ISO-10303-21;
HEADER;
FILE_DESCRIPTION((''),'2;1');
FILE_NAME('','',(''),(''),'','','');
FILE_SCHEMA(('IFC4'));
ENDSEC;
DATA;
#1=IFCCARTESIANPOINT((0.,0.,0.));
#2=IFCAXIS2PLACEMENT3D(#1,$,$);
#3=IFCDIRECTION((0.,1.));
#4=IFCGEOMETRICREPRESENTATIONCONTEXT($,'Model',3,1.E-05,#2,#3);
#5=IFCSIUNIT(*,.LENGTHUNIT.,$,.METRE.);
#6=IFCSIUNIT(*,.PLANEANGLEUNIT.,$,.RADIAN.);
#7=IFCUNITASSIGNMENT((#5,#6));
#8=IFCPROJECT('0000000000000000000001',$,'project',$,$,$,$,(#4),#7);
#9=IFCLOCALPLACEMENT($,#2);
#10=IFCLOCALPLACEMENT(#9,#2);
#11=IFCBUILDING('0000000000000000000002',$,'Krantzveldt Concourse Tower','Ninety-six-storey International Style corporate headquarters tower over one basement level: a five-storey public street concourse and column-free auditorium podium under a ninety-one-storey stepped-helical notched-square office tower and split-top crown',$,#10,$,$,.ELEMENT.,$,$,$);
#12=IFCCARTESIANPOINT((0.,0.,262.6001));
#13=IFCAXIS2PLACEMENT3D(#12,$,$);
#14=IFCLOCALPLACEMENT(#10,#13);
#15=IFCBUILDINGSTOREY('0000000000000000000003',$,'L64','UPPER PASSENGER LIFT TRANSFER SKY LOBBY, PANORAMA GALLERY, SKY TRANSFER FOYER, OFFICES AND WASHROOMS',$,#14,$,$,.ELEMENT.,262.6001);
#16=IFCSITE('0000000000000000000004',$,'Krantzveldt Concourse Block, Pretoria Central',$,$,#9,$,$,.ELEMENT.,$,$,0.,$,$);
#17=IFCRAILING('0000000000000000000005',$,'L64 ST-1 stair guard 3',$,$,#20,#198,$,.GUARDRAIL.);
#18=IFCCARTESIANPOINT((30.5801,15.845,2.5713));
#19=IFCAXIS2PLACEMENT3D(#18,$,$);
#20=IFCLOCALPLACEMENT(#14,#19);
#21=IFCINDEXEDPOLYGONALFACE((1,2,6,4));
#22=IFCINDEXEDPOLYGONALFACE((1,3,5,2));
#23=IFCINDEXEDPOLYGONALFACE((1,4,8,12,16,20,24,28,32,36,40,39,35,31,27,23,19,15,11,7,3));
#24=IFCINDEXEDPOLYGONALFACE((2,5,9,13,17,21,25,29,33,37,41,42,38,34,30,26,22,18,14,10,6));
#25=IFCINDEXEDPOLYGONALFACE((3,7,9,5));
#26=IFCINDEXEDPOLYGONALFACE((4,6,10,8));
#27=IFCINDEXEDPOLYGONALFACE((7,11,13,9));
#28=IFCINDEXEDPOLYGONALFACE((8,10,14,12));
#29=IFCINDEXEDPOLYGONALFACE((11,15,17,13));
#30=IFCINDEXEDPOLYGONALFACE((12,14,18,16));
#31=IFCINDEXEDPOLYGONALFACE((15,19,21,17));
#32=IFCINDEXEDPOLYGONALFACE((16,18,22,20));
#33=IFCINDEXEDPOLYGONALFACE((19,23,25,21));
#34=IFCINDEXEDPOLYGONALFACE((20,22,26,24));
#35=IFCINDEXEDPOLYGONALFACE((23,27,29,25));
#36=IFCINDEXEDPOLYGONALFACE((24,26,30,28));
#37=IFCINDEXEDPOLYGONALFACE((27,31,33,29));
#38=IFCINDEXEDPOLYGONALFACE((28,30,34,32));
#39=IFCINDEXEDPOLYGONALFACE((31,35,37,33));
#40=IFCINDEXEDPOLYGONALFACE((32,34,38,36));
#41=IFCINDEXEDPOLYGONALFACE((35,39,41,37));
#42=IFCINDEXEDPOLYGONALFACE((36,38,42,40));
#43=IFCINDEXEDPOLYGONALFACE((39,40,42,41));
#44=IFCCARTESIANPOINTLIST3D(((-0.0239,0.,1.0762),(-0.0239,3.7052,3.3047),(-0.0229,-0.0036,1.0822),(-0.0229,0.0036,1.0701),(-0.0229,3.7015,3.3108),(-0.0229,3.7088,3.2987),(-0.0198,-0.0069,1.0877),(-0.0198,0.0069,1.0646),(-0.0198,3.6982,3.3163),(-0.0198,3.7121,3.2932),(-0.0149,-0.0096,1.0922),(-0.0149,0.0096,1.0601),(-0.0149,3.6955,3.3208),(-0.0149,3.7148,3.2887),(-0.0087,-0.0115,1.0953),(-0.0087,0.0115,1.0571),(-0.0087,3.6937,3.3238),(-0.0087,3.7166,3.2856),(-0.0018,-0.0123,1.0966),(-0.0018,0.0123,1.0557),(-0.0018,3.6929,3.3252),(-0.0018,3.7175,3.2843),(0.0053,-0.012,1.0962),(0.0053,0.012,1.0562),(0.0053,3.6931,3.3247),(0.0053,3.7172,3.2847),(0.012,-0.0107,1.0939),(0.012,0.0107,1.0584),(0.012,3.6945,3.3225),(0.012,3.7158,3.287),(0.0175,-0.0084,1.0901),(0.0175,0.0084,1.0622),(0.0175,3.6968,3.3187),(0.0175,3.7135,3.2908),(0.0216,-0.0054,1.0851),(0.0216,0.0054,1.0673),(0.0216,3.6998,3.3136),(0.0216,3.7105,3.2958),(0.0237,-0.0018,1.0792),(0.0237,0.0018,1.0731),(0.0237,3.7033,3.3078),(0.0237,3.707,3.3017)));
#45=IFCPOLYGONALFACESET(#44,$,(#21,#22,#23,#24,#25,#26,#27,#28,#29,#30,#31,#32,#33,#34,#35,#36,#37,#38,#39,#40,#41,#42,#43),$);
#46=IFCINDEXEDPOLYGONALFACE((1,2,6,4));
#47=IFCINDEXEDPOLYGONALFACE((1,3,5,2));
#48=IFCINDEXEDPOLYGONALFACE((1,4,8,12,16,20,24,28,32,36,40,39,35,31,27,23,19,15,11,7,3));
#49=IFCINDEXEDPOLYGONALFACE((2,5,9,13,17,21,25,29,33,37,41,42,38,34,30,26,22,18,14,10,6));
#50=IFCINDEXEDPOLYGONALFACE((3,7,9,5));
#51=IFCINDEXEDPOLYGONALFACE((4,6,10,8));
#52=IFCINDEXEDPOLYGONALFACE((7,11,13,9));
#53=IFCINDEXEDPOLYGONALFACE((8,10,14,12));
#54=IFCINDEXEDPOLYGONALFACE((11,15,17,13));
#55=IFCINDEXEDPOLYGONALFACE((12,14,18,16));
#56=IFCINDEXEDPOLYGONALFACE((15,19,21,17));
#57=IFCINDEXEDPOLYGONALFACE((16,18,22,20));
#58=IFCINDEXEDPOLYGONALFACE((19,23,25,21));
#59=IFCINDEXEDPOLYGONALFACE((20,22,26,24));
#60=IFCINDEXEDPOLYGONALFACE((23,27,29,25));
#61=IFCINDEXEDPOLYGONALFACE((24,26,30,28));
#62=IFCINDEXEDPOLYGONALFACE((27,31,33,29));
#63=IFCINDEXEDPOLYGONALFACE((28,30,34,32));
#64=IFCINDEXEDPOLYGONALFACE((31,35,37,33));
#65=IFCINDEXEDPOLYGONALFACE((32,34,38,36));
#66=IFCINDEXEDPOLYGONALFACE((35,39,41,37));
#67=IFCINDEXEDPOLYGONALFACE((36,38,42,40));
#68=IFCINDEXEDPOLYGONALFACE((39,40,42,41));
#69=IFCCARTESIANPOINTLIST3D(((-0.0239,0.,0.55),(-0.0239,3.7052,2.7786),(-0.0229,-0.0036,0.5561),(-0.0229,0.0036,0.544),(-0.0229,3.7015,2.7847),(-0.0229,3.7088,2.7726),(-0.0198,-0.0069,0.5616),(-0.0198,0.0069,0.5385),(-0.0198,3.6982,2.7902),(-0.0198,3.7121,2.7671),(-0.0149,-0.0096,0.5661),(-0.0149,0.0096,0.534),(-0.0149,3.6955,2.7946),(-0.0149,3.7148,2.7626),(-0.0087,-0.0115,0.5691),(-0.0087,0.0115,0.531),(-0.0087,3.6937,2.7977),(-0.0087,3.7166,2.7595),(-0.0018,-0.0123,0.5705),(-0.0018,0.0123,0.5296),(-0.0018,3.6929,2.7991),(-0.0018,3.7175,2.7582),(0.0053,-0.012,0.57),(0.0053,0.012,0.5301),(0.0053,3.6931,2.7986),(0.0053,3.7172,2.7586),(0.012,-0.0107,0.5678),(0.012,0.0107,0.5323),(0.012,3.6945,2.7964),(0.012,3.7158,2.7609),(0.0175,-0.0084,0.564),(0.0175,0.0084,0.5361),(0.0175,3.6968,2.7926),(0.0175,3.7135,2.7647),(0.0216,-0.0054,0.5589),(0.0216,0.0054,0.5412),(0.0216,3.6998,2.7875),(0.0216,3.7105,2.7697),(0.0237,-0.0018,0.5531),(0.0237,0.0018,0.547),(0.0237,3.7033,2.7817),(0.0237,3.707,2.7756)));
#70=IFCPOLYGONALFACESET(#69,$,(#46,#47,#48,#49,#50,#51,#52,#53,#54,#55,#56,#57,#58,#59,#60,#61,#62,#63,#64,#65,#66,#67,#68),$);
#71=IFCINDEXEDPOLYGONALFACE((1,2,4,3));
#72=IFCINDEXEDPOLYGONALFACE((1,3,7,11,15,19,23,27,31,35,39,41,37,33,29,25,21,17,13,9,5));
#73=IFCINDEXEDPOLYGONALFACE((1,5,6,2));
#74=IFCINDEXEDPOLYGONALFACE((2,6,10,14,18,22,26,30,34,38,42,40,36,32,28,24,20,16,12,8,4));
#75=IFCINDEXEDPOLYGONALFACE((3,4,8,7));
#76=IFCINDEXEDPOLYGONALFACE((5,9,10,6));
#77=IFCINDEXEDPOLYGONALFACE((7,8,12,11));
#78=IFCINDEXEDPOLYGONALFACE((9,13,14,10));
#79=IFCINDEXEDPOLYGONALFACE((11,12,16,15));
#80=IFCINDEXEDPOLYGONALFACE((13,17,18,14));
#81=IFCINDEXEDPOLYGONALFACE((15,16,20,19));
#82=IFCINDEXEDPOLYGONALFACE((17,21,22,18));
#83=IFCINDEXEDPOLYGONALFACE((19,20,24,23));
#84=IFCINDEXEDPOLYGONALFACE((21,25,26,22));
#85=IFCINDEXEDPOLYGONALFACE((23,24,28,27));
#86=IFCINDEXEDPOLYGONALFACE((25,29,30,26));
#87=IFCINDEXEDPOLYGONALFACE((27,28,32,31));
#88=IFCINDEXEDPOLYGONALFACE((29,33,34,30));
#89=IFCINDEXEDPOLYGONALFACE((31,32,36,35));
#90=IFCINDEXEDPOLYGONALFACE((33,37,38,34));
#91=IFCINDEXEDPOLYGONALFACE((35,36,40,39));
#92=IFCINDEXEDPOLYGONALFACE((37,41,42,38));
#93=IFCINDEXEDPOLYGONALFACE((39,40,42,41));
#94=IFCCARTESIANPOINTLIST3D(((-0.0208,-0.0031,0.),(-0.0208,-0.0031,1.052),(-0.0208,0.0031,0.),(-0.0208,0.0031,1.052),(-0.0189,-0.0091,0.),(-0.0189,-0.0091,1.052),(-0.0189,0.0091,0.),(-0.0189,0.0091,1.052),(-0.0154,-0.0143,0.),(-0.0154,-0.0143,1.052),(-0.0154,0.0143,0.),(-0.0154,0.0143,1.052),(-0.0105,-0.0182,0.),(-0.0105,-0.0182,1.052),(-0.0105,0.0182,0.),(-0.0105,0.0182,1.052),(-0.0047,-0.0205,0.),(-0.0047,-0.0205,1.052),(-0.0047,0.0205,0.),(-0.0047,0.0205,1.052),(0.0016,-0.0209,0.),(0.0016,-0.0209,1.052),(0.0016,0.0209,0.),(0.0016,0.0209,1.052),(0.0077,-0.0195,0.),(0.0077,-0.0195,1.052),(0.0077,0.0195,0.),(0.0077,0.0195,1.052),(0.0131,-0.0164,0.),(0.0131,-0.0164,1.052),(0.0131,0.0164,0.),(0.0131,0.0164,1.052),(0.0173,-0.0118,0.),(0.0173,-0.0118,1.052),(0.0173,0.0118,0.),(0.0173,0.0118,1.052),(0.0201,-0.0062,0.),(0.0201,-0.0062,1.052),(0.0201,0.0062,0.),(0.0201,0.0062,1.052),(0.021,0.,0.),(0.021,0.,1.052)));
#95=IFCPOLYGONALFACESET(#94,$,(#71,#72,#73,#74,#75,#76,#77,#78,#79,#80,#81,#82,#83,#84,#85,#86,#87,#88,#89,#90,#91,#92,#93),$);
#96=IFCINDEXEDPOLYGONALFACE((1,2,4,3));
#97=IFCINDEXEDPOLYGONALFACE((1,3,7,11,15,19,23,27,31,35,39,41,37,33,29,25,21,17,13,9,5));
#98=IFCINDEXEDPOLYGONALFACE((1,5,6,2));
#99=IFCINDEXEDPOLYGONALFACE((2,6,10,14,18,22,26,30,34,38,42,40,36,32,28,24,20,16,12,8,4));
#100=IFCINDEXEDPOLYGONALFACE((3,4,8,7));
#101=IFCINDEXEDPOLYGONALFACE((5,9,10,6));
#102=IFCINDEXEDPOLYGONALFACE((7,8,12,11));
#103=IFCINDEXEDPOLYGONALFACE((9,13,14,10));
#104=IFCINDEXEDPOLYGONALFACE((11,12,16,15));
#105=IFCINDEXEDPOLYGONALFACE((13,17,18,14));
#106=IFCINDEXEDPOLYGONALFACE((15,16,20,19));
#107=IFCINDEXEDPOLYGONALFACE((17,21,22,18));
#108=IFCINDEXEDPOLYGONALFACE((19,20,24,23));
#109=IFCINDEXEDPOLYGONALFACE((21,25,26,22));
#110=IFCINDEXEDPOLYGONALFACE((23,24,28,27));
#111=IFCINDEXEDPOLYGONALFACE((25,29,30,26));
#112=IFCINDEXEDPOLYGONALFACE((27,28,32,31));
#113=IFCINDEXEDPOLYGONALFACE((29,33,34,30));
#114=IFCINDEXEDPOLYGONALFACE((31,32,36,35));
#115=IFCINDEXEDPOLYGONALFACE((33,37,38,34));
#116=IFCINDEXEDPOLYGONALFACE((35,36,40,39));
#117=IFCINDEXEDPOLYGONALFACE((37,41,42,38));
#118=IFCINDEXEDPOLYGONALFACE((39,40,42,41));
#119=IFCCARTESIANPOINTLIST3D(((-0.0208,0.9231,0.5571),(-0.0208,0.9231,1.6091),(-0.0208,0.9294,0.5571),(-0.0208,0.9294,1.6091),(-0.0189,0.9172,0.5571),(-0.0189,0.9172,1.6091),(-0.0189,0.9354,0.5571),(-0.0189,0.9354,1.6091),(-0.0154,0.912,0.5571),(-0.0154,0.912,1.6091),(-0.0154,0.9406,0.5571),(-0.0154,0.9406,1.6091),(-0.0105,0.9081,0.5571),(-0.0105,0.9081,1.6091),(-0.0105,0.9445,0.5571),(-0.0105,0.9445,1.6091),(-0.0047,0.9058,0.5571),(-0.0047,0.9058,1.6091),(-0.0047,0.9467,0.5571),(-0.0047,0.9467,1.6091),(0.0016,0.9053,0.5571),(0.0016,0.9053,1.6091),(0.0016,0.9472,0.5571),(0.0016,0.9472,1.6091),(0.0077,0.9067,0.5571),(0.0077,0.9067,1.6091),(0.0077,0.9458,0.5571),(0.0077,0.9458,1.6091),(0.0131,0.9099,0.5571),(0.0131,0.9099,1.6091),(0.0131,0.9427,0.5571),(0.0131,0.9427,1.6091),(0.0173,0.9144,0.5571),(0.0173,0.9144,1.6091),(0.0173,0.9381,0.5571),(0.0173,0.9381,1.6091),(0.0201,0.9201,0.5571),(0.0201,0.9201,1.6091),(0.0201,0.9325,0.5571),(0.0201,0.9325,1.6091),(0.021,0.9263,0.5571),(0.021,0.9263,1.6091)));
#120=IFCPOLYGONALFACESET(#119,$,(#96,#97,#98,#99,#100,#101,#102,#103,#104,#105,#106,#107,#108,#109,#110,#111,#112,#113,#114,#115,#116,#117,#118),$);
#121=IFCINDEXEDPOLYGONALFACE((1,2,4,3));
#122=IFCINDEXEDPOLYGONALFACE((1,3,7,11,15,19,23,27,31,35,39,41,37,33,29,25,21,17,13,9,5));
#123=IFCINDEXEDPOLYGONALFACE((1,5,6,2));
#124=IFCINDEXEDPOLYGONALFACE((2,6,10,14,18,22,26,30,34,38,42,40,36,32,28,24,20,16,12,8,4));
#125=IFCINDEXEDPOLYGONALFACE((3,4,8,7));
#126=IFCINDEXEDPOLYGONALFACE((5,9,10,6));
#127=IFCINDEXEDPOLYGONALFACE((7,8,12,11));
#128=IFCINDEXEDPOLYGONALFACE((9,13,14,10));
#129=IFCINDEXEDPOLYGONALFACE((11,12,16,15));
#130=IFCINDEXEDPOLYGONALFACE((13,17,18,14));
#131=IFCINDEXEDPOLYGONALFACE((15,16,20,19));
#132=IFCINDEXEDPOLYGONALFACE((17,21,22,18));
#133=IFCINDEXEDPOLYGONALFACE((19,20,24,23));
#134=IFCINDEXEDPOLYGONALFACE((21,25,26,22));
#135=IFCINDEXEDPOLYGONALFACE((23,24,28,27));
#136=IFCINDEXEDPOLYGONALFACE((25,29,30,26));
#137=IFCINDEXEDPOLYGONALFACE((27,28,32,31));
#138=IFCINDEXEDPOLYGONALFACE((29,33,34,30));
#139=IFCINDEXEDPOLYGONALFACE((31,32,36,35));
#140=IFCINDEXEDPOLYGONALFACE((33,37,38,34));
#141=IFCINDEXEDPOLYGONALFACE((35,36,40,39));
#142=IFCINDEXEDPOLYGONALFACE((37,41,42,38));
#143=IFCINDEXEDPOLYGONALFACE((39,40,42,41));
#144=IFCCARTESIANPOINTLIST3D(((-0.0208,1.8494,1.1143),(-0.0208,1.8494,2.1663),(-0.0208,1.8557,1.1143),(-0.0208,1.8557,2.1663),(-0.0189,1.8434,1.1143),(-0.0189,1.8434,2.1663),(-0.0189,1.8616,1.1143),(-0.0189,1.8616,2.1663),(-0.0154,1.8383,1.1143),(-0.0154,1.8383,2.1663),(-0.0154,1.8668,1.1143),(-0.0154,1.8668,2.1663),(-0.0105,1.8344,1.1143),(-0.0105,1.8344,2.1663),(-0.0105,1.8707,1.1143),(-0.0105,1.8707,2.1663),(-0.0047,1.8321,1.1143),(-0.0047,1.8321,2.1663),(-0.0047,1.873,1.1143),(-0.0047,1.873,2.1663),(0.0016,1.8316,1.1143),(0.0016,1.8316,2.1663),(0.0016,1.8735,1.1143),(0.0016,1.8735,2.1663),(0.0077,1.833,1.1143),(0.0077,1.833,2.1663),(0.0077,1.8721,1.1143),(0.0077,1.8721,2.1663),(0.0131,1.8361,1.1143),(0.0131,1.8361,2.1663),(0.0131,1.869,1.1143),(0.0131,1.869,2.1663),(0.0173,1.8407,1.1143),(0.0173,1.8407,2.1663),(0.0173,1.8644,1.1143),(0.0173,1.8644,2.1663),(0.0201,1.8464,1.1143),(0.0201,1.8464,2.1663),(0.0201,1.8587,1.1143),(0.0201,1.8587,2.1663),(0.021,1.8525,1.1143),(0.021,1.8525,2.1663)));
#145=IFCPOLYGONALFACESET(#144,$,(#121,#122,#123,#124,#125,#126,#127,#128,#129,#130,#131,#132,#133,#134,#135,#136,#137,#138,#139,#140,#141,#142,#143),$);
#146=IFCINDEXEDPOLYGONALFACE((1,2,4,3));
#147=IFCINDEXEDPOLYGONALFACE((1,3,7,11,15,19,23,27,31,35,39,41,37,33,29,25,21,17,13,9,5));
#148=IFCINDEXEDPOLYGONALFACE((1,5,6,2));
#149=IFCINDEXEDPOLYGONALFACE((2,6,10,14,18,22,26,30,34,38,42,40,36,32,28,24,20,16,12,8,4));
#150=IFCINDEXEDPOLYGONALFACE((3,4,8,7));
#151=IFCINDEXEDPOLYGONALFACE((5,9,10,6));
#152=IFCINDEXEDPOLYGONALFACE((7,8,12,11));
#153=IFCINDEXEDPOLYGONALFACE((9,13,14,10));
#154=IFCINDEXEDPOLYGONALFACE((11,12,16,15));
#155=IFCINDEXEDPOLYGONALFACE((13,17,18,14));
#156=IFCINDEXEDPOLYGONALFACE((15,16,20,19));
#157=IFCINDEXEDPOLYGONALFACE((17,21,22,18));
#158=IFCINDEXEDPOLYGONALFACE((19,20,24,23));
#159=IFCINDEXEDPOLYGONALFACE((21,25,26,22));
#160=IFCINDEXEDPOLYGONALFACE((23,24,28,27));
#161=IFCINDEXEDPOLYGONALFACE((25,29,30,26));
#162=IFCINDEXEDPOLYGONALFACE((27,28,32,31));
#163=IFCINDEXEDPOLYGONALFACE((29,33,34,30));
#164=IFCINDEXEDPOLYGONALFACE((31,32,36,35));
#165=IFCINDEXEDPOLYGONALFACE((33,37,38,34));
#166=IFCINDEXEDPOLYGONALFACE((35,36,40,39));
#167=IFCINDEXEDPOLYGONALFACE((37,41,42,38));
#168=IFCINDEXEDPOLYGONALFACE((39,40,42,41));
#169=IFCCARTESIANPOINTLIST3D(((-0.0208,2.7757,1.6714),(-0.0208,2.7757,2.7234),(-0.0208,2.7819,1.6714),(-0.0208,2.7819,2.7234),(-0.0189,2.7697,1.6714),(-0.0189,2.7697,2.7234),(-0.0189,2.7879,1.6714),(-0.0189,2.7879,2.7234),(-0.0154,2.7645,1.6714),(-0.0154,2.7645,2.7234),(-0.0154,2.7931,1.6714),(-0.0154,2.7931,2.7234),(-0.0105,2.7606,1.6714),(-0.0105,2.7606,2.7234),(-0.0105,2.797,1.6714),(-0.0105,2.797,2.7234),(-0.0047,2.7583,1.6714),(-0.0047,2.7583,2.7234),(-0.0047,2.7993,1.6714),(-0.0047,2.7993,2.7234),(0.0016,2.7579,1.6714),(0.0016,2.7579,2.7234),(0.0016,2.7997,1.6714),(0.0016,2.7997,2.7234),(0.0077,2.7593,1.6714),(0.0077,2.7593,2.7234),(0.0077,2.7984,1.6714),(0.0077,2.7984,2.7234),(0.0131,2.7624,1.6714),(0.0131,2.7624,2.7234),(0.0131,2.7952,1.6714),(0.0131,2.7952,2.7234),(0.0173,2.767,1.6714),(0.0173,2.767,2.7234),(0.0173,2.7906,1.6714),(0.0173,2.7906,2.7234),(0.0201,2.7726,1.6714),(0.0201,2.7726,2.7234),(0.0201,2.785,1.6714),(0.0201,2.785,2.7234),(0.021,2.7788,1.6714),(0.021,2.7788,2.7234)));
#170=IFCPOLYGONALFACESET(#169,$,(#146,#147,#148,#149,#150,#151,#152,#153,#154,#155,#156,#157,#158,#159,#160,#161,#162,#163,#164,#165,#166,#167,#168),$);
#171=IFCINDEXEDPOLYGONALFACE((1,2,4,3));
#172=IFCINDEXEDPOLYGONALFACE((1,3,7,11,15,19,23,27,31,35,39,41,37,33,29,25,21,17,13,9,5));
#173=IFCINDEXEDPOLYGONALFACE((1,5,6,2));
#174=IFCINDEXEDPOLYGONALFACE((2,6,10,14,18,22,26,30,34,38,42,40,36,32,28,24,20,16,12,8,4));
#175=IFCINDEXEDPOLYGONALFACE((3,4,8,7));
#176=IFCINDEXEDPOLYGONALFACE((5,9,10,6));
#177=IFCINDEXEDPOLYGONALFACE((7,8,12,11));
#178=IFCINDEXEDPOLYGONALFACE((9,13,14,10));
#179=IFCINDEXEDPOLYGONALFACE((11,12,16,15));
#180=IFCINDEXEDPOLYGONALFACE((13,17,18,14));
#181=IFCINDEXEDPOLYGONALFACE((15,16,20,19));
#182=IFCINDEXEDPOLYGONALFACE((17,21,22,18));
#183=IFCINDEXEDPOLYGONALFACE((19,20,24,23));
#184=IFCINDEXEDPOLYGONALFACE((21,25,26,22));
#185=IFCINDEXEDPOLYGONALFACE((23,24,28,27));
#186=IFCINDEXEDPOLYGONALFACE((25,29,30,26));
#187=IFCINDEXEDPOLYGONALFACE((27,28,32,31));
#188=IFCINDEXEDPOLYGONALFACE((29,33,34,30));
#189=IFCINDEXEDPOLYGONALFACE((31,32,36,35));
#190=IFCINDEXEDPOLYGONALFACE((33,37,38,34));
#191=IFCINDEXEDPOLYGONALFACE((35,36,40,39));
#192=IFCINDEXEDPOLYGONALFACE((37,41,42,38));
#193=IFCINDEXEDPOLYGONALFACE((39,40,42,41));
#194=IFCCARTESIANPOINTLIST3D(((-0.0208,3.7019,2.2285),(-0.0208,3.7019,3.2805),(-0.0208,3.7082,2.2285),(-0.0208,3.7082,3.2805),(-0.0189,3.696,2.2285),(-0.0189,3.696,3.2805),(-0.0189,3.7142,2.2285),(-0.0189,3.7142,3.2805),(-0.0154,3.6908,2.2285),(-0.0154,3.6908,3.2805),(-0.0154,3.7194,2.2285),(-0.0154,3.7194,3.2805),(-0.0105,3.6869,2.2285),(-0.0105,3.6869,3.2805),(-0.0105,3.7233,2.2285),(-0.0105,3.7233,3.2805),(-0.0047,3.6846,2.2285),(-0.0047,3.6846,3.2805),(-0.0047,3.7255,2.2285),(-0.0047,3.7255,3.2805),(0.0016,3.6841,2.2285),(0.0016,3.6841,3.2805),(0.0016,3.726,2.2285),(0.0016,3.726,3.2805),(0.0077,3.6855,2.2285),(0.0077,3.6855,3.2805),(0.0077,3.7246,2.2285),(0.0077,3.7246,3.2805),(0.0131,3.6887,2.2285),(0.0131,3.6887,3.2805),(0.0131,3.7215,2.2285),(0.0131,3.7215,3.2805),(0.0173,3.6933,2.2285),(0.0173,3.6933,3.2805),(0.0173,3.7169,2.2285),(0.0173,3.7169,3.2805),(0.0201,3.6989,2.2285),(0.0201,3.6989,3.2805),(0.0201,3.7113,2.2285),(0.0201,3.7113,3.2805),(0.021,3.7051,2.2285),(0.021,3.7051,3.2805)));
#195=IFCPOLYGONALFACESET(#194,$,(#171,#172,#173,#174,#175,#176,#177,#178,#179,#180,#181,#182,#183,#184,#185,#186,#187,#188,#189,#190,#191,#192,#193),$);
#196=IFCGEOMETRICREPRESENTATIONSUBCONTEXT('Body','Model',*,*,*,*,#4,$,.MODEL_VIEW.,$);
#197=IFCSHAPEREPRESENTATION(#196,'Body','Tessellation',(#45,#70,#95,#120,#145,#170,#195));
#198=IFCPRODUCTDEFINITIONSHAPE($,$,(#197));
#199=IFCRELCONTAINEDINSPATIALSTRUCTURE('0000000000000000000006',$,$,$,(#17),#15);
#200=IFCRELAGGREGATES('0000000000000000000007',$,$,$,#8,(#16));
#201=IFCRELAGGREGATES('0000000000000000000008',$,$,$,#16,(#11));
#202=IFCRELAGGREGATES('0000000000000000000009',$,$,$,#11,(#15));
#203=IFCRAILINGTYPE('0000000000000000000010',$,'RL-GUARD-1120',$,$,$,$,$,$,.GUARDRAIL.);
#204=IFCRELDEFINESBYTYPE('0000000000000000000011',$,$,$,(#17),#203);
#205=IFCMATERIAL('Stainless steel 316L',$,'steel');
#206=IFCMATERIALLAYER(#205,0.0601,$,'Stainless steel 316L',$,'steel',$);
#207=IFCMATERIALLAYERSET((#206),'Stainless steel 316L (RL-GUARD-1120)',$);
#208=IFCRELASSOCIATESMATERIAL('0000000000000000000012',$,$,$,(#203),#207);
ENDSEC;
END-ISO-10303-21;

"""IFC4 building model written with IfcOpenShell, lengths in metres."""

from ifc_helpers import new_model, si_unit, direction, frame, origin, origin_2d, place, context, subcontext, project, spatial, circle, extrude, material, layer, layer_set, type_object, element, save


model = new_model("IFC4")

# Units and contexts
model_context = context("Model", 3, precision=1e-05, world=origin(), true_north=direction((0.0, 1.0)))
body_context = subcontext(model_context, "Body", "Model", "MODEL_VIEW")
ifc_project = project(units=[si_unit("LENGTHUNIT", "METRE"), si_unit("PLANEANGLEUNIT", "RADIAN")], contexts=[model_context])

# Site, building, storey
site_placement = place(None, origin())
site = spatial("IfcSite", under=ifc_project, at=site_placement, Name="Krantzveldt Concourse Block, Pretoria Central", CompositionType="ELEMENT", RefElevation=0.0)
building_placement = place(site_placement, origin())
building = spatial("IfcBuilding", under=site, at=building_placement, Name="Krantzveldt Concourse Tower", Description="Ninety-six-storey International Style corporate headquarters tower over one basement level: a five-storey public street concourse and column-free auditorium podium under a ninety-one-storey stepped-helical notched-square office tower and split-top crown", CompositionType="ELEMENT")
storey_placement = place(building_placement, frame((0.0, 0.0, 262.6001)))
storey = spatial("IfcBuildingStorey", under=building, at=storey_placement, Name="L64", Description="UPPER PASSENGER LIFT TRANSFER SKY LOBBY, PANORAMA GALLERY, SKY TRANSFER FOYER, OFFICES AND WASHROOMS", CompositionType="ELEMENT", Elevation=262.6001)

# Shared definitions
ifc_material_1 = material(Name="Stainless steel 316L", Category="steel")

# Railing
ifc_layer_1 = layer(ifc_material_1, 0.0601, Name="Stainless steel 316L", Category="steel")
ifc_layer_set_1 = layer_set([ifc_layer_1], Name="Stainless steel 316L (RL-GUARD-1120)")
railing_type_1 = type_object("IfcRailingType", Name="RL-GUARD-1120", PredefinedType="GUARDRAIL", material=ifc_layer_set_1)
railing_1_placement = place(storey_placement, frame((30.5801, 15.845, 2.5713)))
element("IfcRailing", 1, at=railing_1_placement, inside=storey, type_object=railing_type_1, Name="L64 ST-1 stair guard 3", PredefinedType="GUARDRAIL", context=body_context, shape_type="SweptSolid", body=[
    extrude(circle(Radius=0.0239, at=origin_2d()), frame((0.0, 0.0, 1.0762), z_axis=(0.0, 0.856934, 0.515425), x_axis=(-1.0, 0.0, 0.0)), (0.0, 0.0, 1.0), 4.3237),
    extrude(circle(Radius=0.0239, at=origin_2d()), frame((0.0, 0.0, 0.55), z_axis=(0.0, 0.856934, 0.515425), x_axis=(-1.0, 0.0, 0.0)), (0.0, 0.0, 1.0), 4.3237),
    extrude(circle(Radius=0.021, at=origin_2d()), origin(), (0.0, 0.0, 1.0), 1.052),
    extrude(circle(Radius=0.021, at=origin_2d()), frame((0.0, 0.9263, 0.5571)), (0.0, 0.0, 1.0), 1.052),
    extrude(circle(Radius=0.021, at=origin_2d()), frame((0.0, 1.8525, 1.1143)), (0.0, 0.0, 1.0), 1.052),
    extrude(circle(Radius=0.021, at=origin_2d()), frame((0.0, 2.7788, 1.6714)), (0.0, 0.0, 1.0), 1.052),
    extrude(circle(Radius=0.021, at=origin_2d()), frame((0.0, 3.7051, 2.2285)), (0.0, 0.0, 1.0), 1.052),
])

save(model, "model.ifc")
